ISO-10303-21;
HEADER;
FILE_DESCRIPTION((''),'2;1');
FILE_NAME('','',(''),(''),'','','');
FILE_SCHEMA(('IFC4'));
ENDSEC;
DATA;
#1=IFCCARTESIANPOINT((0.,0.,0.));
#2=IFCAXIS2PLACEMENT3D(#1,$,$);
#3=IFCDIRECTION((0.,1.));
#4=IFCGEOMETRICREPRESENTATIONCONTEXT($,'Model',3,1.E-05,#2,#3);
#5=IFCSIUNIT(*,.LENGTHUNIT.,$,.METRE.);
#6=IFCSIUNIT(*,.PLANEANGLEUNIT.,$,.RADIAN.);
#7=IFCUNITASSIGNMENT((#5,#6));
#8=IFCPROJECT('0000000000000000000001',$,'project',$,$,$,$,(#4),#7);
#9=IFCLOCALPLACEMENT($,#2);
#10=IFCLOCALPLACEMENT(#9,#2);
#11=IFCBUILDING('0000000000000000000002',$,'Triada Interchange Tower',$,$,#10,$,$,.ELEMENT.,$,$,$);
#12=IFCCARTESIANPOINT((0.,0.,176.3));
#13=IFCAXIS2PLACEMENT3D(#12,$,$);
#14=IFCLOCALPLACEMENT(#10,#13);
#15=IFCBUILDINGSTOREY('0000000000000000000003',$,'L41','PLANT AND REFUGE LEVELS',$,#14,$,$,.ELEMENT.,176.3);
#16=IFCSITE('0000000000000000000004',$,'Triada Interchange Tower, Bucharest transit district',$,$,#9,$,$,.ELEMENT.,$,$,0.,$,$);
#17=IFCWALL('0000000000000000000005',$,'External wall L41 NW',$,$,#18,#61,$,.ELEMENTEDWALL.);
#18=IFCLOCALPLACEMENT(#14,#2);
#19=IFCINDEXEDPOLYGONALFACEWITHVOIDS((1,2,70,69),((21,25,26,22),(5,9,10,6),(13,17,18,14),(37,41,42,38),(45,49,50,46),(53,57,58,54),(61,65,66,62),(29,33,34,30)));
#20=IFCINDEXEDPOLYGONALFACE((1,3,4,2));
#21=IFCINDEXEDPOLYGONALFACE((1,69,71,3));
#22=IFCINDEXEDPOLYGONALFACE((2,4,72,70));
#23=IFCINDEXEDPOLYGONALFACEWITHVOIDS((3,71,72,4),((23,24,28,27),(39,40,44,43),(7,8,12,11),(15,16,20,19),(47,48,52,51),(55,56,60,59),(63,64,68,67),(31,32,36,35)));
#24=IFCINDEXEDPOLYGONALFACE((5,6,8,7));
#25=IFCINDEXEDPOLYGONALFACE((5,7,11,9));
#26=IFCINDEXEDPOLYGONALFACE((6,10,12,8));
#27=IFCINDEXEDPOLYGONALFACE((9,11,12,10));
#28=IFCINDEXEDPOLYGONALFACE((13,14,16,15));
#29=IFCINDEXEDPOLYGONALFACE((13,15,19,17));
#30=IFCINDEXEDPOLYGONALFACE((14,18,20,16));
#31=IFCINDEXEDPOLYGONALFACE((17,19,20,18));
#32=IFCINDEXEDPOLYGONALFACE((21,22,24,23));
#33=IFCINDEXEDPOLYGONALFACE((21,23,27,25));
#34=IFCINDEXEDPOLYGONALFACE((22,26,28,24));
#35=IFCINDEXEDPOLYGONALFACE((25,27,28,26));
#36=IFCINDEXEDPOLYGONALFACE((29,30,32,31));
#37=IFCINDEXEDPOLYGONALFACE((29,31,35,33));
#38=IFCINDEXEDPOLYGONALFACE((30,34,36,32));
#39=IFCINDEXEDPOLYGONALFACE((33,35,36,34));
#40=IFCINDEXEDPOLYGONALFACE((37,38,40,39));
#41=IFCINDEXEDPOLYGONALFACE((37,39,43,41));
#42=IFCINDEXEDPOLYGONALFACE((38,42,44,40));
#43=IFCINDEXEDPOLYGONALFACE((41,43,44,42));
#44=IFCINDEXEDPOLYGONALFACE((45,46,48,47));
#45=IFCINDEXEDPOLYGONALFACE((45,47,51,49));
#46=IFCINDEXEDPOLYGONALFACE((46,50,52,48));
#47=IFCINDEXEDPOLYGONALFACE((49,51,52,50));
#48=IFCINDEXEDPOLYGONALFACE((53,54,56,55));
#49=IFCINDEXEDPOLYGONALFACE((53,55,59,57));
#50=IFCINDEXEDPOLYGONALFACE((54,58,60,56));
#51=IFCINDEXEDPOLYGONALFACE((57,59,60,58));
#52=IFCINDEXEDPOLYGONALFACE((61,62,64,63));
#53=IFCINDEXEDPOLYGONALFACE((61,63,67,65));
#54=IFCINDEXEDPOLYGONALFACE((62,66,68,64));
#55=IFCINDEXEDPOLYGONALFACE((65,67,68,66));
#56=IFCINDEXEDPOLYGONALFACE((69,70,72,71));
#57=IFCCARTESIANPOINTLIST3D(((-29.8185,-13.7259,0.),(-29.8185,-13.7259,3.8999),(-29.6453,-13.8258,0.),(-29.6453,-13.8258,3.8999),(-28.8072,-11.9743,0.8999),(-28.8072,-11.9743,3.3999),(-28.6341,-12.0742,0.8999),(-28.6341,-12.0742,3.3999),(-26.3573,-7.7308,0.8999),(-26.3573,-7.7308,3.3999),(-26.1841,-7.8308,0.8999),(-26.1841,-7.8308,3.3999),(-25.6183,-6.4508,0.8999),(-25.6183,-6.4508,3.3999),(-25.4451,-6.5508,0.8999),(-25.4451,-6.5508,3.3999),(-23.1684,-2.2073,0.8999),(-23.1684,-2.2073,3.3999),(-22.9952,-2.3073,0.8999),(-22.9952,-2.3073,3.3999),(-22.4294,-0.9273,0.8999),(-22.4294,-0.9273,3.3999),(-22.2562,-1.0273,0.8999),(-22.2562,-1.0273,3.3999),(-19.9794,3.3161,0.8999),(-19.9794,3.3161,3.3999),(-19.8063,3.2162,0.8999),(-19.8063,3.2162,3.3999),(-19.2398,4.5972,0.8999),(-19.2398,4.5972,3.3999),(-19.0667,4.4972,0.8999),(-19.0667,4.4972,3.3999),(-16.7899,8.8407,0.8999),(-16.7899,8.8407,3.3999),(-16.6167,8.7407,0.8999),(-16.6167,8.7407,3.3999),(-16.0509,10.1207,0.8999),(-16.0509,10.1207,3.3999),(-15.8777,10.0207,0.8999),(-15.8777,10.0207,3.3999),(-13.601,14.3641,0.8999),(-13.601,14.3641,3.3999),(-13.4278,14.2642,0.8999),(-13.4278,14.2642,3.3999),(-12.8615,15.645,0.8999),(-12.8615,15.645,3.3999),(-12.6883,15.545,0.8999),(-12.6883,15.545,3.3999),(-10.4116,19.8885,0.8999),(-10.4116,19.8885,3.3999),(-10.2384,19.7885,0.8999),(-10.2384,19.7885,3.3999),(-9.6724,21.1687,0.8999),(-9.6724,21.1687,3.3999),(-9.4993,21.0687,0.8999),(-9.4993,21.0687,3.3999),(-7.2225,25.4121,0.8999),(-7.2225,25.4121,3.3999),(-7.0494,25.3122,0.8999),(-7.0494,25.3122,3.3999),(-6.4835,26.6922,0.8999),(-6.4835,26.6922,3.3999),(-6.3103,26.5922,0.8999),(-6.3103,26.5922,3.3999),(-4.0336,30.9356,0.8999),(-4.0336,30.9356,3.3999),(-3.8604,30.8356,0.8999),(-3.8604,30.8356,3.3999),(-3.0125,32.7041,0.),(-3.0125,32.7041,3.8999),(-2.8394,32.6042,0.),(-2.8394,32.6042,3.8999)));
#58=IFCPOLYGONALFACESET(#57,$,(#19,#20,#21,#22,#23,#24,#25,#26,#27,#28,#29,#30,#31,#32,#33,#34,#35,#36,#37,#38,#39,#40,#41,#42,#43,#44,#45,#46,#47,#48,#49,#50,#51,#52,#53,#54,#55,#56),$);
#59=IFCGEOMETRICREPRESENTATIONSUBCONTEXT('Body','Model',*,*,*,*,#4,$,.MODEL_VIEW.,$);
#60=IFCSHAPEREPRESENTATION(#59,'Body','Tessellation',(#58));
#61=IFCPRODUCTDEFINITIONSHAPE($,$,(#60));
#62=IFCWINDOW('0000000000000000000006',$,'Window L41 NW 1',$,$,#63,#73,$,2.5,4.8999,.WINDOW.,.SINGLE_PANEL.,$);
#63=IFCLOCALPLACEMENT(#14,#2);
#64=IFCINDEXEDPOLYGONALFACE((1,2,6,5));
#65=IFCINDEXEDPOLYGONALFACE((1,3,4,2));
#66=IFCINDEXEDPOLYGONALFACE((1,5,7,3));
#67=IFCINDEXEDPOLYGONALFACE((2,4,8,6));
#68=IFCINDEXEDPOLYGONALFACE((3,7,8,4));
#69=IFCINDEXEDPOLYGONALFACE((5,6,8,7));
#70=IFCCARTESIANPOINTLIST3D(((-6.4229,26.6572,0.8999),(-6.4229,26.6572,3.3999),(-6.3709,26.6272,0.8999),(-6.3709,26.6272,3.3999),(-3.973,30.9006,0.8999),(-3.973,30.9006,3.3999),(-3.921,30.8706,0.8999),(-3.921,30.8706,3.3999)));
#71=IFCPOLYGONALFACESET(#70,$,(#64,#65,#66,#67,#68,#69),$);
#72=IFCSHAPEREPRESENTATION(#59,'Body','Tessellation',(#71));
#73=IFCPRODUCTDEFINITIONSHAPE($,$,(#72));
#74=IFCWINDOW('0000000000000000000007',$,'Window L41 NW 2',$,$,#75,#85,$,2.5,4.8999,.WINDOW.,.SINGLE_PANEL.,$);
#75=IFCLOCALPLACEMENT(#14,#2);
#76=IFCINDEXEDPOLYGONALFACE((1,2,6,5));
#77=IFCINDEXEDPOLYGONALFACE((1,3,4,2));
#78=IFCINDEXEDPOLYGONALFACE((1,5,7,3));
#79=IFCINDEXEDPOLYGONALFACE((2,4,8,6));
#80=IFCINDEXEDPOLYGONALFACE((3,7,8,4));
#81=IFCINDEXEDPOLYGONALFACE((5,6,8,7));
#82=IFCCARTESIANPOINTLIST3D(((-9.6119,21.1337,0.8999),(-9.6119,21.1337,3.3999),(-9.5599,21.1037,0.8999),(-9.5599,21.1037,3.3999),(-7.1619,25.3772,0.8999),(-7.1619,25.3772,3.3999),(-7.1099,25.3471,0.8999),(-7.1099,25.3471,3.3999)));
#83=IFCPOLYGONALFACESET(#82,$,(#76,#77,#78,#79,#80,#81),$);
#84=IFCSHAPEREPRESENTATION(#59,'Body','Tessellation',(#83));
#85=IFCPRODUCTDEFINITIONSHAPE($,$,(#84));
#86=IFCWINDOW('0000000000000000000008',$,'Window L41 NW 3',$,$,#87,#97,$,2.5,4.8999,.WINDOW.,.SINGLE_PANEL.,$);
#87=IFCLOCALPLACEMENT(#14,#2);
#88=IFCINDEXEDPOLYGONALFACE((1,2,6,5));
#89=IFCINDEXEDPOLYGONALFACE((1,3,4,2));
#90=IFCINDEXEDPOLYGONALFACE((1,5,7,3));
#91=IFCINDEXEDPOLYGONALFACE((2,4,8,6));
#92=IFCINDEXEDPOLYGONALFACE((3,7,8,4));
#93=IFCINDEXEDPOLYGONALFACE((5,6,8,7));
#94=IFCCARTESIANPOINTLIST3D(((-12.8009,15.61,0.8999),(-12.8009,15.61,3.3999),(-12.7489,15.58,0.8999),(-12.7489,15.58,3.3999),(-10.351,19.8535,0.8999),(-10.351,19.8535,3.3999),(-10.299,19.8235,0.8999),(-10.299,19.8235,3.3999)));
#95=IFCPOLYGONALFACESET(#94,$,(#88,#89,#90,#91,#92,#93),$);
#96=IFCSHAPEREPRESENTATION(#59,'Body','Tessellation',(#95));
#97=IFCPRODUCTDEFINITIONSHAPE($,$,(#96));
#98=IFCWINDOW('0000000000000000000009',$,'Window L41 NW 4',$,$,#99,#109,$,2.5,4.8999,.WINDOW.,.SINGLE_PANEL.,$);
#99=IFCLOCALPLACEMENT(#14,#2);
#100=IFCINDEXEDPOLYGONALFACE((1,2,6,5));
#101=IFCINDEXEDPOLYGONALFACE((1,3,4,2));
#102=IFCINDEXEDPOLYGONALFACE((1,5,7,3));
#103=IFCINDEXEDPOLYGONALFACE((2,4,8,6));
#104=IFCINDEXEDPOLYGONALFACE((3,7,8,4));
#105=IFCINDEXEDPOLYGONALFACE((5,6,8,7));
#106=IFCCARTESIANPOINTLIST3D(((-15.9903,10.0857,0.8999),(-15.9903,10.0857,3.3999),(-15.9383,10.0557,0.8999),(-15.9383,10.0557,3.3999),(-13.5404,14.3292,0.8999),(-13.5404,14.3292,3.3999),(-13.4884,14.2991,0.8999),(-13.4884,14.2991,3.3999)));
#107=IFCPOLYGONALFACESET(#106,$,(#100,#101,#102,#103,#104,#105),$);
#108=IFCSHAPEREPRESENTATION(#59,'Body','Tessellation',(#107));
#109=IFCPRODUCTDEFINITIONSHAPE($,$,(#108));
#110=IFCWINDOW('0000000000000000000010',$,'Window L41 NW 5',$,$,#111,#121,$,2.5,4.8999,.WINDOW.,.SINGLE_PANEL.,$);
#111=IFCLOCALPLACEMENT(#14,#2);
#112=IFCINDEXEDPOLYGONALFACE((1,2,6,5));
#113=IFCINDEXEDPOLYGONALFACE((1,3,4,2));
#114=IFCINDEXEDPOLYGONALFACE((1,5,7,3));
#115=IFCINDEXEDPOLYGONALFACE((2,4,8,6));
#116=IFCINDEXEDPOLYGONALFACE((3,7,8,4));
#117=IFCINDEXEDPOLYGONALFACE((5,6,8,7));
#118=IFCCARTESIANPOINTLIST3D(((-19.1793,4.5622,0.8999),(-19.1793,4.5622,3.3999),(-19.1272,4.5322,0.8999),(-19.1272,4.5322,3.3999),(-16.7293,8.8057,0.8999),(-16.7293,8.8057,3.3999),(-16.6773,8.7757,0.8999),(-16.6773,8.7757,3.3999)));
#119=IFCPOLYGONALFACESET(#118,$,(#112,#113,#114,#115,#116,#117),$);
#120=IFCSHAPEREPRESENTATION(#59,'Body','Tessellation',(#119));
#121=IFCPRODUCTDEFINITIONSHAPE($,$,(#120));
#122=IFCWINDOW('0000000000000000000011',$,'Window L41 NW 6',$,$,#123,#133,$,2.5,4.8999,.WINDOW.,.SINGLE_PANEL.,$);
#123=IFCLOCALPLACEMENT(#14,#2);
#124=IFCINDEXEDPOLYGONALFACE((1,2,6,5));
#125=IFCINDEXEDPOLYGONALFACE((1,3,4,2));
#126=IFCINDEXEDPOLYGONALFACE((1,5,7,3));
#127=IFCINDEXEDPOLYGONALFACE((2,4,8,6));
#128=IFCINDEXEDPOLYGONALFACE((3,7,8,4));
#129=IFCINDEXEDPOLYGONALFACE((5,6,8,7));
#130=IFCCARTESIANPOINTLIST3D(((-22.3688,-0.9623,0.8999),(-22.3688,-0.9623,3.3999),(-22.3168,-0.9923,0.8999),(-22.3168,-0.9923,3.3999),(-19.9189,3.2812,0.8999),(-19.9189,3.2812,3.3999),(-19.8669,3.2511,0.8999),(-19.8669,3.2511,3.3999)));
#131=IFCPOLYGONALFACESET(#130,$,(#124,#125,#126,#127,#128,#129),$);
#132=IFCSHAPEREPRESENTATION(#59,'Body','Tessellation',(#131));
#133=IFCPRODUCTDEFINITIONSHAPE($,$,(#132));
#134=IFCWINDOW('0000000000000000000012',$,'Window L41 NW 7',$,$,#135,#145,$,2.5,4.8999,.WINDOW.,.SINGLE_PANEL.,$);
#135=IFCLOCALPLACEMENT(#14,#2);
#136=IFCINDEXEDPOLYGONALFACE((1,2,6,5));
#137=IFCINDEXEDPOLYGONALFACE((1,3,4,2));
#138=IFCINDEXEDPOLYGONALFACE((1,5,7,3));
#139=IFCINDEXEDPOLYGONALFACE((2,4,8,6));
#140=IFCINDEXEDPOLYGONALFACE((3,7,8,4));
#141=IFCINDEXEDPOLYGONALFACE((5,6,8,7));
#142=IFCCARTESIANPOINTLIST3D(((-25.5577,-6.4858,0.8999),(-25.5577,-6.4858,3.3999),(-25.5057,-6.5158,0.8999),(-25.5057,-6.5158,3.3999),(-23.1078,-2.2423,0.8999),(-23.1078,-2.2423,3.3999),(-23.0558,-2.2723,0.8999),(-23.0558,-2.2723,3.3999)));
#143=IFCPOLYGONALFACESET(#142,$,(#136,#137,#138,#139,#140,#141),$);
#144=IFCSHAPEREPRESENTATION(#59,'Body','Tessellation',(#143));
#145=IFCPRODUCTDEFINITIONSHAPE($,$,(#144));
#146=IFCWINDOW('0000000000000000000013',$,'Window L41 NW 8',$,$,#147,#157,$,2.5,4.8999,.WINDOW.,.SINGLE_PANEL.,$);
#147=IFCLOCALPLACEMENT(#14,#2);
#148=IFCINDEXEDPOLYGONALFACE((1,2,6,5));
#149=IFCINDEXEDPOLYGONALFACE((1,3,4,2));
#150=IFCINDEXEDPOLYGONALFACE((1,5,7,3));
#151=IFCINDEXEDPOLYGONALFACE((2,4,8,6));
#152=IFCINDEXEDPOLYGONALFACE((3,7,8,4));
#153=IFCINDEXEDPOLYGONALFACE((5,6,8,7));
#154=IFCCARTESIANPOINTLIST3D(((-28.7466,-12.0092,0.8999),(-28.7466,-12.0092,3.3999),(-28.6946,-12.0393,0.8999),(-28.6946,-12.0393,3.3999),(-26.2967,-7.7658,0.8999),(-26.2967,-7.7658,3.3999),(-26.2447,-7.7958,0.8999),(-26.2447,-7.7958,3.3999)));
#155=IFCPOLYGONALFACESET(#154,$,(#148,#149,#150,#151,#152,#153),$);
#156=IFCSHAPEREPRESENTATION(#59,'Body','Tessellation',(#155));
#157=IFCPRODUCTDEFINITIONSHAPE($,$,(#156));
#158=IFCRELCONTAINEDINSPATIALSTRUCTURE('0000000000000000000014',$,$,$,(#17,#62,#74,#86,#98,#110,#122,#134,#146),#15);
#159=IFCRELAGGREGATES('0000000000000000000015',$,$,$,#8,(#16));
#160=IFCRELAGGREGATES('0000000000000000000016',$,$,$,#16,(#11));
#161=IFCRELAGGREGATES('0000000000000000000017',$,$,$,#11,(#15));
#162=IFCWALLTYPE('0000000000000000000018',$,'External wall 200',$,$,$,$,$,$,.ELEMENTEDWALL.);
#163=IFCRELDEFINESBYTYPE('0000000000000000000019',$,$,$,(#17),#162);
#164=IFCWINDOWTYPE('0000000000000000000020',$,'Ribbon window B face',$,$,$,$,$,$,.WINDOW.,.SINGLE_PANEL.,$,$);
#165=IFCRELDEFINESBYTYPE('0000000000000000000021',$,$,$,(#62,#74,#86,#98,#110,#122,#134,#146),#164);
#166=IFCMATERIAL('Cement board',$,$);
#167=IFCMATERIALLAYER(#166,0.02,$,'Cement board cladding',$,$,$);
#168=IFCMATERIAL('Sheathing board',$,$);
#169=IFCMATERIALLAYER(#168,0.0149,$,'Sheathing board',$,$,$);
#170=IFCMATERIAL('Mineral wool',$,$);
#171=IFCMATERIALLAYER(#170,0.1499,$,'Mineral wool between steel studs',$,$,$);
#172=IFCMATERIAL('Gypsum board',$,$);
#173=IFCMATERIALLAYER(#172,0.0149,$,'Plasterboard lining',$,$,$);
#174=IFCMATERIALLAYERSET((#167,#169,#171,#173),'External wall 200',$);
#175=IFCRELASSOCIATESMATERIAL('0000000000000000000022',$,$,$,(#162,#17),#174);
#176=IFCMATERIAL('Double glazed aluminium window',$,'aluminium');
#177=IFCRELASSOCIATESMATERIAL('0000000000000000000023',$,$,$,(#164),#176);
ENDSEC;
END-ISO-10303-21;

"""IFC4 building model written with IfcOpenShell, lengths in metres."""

from ifc_helpers import new_model, si_unit, direction, frame, frame_2d, origin, place, context, subcontext, project, spatial, rectangle, extrude, material, layer, layer_set, layer_usage, type_object, element, fill, save


model = new_model("IFC4")

# Units and contexts
model_context = context("Model", 3, precision=1e-05, world=origin(), true_north=direction((0.0, 1.0)))
body_context = subcontext(model_context, "Body", "Model", "MODEL_VIEW")
ifc_project = project(units=[si_unit("LENGTHUNIT", "METRE"), si_unit("PLANEANGLEUNIT", "RADIAN")], contexts=[model_context])

# Site, building, storey
site_placement = place(None, origin())
site = spatial("IfcSite", under=ifc_project, at=site_placement, Name="Triada Interchange Tower, Bucharest transit district", CompositionType="ELEMENT", RefElevation=0.0)
building_placement = place(site_placement, origin())
building = spatial("IfcBuilding", under=site, at=building_placement, Name="Triada Interchange Tower", CompositionType="ELEMENT")
storey_placement = place(building_placement, frame((0.0, 0.0, 176.3)))
storey = spatial("IfcBuildingStorey", under=building, at=storey_placement, Name="L41", Description="PLANT AND REFUGE LEVELS", CompositionType="ELEMENT", Elevation=176.3)

# Wall, openings, windows
ifc_material_1 = material(Name="Cement board")
ifc_layer_1 = layer(ifc_material_1, 0.02, Name="Cement board cladding")
ifc_material_2 = material(Name="Sheathing board")
ifc_layer_2 = layer(ifc_material_2, 0.0149, Name="Sheathing board")
ifc_material_3 = material(Name="Mineral wool")
ifc_layer_3 = layer(ifc_material_3, 0.1499, Name="Mineral wool between steel studs")
ifc_material_4 = material(Name="Gypsum board")
ifc_layer_4 = layer(ifc_material_4, 0.0149, Name="Plasterboard lining")
ifc_layer_set_1 = layer_set([ifc_layer_1, ifc_layer_2, ifc_layer_3, ifc_layer_4], Name="External wall 200")
ifc_layer_usage = layer_usage(ifc_layer_set_1, "AXIS2", "POSITIVE", -0.1001)
wall_type_1 = type_object("IfcWallType", Name="External wall 200", PredefinedType="ELEMENTEDWALL", material=ifc_layer_set_1)
wall_1_placement = place(storey_placement, frame((-2.926, 32.6541, 0.0), z_axis=(0.0, 0.0, 1.0), x_axis=(-0.499994, -0.866029, 0.0)))
wall_1 = element("IfcWall", 1, at=wall_1_placement, inside=storey, type_object=wall_type_1, material=ifc_layer_usage, Name="External wall L41 NW", PredefinedType="ELEMENTEDWALL", context=body_context, shape_type="SweptSolid", body=[
    extrude(rectangle(XDim=53.6125, YDim=0.2, at=frame_2d((26.8062, 0.0))), origin(), (0.0, 0.0, 1.0), 3.8999),
])
opening_1_placement = place(wall_1_placement, frame((2.042, 0.0, 0.8999)))
opening_1 = element("IfcOpeningElement", 2, at=opening_1_placement, cuts=wall_1, PredefinedType="OPENING", context=body_context, shape_type="SweptSolid", body=[
    extrude(rectangle(XDim=4.8999, YDim=2.5, at=frame_2d((2.45, 1.25))), frame((0.0, 0.1099, 0.0), z_axis=(0.0, -1.0, 0.0), x_axis=(1.0, 0.0, 0.0)), (0.0, 0.0, 1.0), 0.22),
])
opening_2_placement = place(wall_1_placement, frame((8.4199, 0.0, 0.8999)))
opening_2 = element("IfcOpeningElement", 3, at=opening_2_placement, cuts=wall_1, PredefinedType="OPENING", context=body_context, shape_type="SweptSolid", body=[
    extrude(rectangle(XDim=4.8999, YDim=2.5, at=frame_2d((2.45, 1.25))), frame((0.0, 0.1099, 0.0), z_axis=(0.0, -1.0, 0.0), x_axis=(1.0, 0.0, 0.0)), (0.0, 0.0, 1.0), 0.22),
])
opening_3_placement = place(wall_1_placement, frame((14.7981, 0.0, 0.8999)))
opening_3 = element("IfcOpeningElement", 4, at=opening_3_placement, cuts=wall_1, PredefinedType="OPENING", context=body_context, shape_type="SweptSolid", body=[
    extrude(rectangle(XDim=4.8999, YDim=2.5, at=frame_2d((2.45, 1.25))), frame((0.0, 0.1099, 0.0), z_axis=(0.0, -1.0, 0.0), x_axis=(1.0, 0.0, 0.0)), (0.0, 0.0, 1.0), 0.22),
])
opening_4_placement = place(wall_1_placement, frame((21.177, 0.0, 0.8999)))
opening_4 = element("IfcOpeningElement", 5, at=opening_4_placement, cuts=wall_1, PredefinedType="OPENING", context=body_context, shape_type="SweptSolid", body=[
    extrude(rectangle(XDim=4.8999, YDim=2.5, at=frame_2d((2.45, 1.25))), frame((0.0, 0.1099, 0.0), z_axis=(0.0, -1.0, 0.0), x_axis=(1.0, 0.0, 0.0)), (0.0, 0.0, 1.0), 0.22),
])
opening_5_placement = place(wall_1_placement, frame((27.5549, 0.0, 0.8999)))
opening_5 = element("IfcOpeningElement", 6, at=opening_5_placement, cuts=wall_1, PredefinedType="OPENING", context=body_context, shape_type="SweptSolid", body=[
    extrude(rectangle(XDim=4.8999, YDim=2.5, at=frame_2d((2.45, 1.25))), frame((0.0, 0.1099, 0.0), z_axis=(0.0, -1.0, 0.0), x_axis=(1.0, 0.0, 0.0)), (0.0, 0.0, 1.0), 0.22),
])
opening_6_placement = place(wall_1_placement, frame((33.9341, 0.0, 0.8999)))
opening_6 = element("IfcOpeningElement", 7, at=opening_6_placement, cuts=wall_1, PredefinedType="OPENING", context=body_context, shape_type="SweptSolid", body=[
    extrude(rectangle(XDim=4.8999, YDim=2.5, at=frame_2d((2.45, 1.25))), frame((0.0, 0.1099, 0.0), z_axis=(0.0, -1.0, 0.0), x_axis=(1.0, 0.0, 0.0)), (0.0, 0.0, 1.0), 0.22),
])
opening_7_placement = place(wall_1_placement, frame((40.312, 0.0, 0.8999)))
opening_7 = element("IfcOpeningElement", 8, at=opening_7_placement, cuts=wall_1, PredefinedType="OPENING", context=body_context, shape_type="SweptSolid", body=[
    extrude(rectangle(XDim=4.8999, YDim=2.5, at=frame_2d((2.45, 1.25))), frame((0.0, 0.1099, 0.0), z_axis=(0.0, -1.0, 0.0), x_axis=(1.0, 0.0, 0.0)), (0.0, 0.0, 1.0), 0.22),
])
opening_8_placement = place(wall_1_placement, frame((46.6899, 0.0, 0.8999)))
opening_8 = element("IfcOpeningElement", 9, at=opening_8_placement, cuts=wall_1, PredefinedType="OPENING", context=body_context, shape_type="SweptSolid", body=[
    extrude(rectangle(XDim=4.8999, YDim=2.5, at=frame_2d((2.45, 1.25))), frame((0.0, 0.1099, 0.0), z_axis=(0.0, -1.0, 0.0), x_axis=(1.0, 0.0, 0.0)), (0.0, 0.0, 1.0), 0.22),
])
ifc_material_5 = material(Name="Double glazed aluminium window", Category="aluminium")
window_type = type_object("IfcWindowType", Name="Ribbon window B face", PartitioningType="SINGLE_PANEL", PredefinedType="WINDOW", material=ifc_material_5)
window_1_placement = place(opening_1_placement, origin())
window_1 = element("IfcWindow", 10, at=window_1_placement, inside=storey, type_object=window_type, Name="Window L41 NW 1", OverallHeight=2.5, OverallWidth=4.8999, PartitioningType="SINGLE_PANEL", PredefinedType="WINDOW", context=body_context, shape_type="SweptSolid", body=[
    extrude(rectangle(XDim=4.8999, YDim=2.5, at=frame_2d((2.45, 1.25))), frame((0.0, 0.03, 0.0), z_axis=(0.0, -1.0, 0.0), x_axis=(1.0, 0.0, 0.0)), (0.0, 0.0, 1.0), 0.0601),
])
fill(opening_1, window_1)
window_2_placement = place(opening_2_placement, origin())
window_2 = element("IfcWindow", 11, at=window_2_placement, inside=storey, type_object=window_type, Name="Window L41 NW 2", OverallHeight=2.5, OverallWidth=4.8999, PartitioningType="SINGLE_PANEL", PredefinedType="WINDOW", context=body_context, shape_type="SweptSolid", body=[
    extrude(rectangle(XDim=4.8999, YDim=2.5, at=frame_2d((2.45, 1.25))), frame((0.0, 0.03, 0.0), z_axis=(0.0, -1.0, 0.0), x_axis=(1.0, 0.0, 0.0)), (0.0, 0.0, 1.0), 0.0601),
])
fill(opening_2, window_2)
window_3_placement = place(opening_3_placement, origin())
window_3 = element("IfcWindow", 12, at=window_3_placement, inside=storey, type_object=window_type, Name="Window L41 NW 3", OverallHeight=2.5, OverallWidth=4.8999, PartitioningType="SINGLE_PANEL", PredefinedType="WINDOW", context=body_context, shape_type="SweptSolid", body=[
    extrude(rectangle(XDim=4.8999, YDim=2.5, at=frame_2d((2.45, 1.25))), frame((0.0, 0.03, 0.0), z_axis=(0.0, -1.0, 0.0), x_axis=(1.0, 0.0, 0.0)), (0.0, 0.0, 1.0), 0.0601),
])
fill(opening_3, window_3)
window_4_placement = place(opening_4_placement, origin())
window_4 = element("IfcWindow", 13, at=window_4_placement, inside=storey, type_object=window_type, Name="Window L41 NW 4", OverallHeight=2.5, OverallWidth=4.8999, PartitioningType="SINGLE_PANEL", PredefinedType="WINDOW", context=body_context, shape_type="SweptSolid", body=[
    extrude(rectangle(XDim=4.8999, YDim=2.5, at=frame_2d((2.45, 1.25))), frame((0.0, 0.03, 0.0), z_axis=(0.0, -1.0, 0.0), x_axis=(1.0, 0.0, 0.0)), (0.0, 0.0, 1.0), 0.0601),
])
fill(opening_4, window_4)
window_5_placement = place(opening_5_placement, origin())
window_5 = element("IfcWindow", 14, at=window_5_placement, inside=storey, type_object=window_type, Name="Window L41 NW 5", OverallHeight=2.5, OverallWidth=4.8999, PartitioningType="SINGLE_PANEL", PredefinedType="WINDOW", context=body_context, shape_type="SweptSolid", body=[
    extrude(rectangle(XDim=4.8999, YDim=2.5, at=frame_2d((2.45, 1.25))), frame((0.0, 0.03, 0.0), z_axis=(0.0, -1.0, 0.0), x_axis=(1.0, 0.0, 0.0)), (0.0, 0.0, 1.0), 0.0601),
])
fill(opening_5, window_5)
window_6_placement = place(opening_6_placement, origin())
window_6 = element("IfcWindow", 15, at=window_6_placement, inside=storey, type_object=window_type, Name="Window L41 NW 6", OverallHeight=2.5, OverallWidth=4.8999, PartitioningType="SINGLE_PANEL", PredefinedType="WINDOW", context=body_context, shape_type="SweptSolid", body=[
    extrude(rectangle(XDim=4.8999, YDim=2.5, at=frame_2d((2.45, 1.25))), frame((0.0, 0.03, 0.0), z_axis=(0.0, -1.0, 0.0), x_axis=(1.0, 0.0, 0.0)), (0.0, 0.0, 1.0), 0.0601),
])
fill(opening_6, window_6)
window_7_placement = place(opening_7_placement, origin())
window_7 = element("IfcWindow", 16, at=window_7_placement, inside=storey, type_object=window_type, Name="Window L41 NW 7", OverallHeight=2.5, OverallWidth=4.8999, PartitioningType="SINGLE_PANEL", PredefinedType="WINDOW", context=body_context, shape_type="SweptSolid", body=[
    extrude(rectangle(XDim=4.8999, YDim=2.5, at=frame_2d((2.45, 1.25))), frame((0.0, 0.03, 0.0), z_axis=(0.0, -1.0, 0.0), x_axis=(1.0, 0.0, 0.0)), (0.0, 0.0, 1.0), 0.0601),
])
fill(opening_7, window_7)
window_8_placement = place(opening_8_placement, origin())
window_8 = element("IfcWindow", 17, at=window_8_placement, inside=storey, type_object=window_type, Name="Window L41 NW 8", OverallHeight=2.5, OverallWidth=4.8999, PartitioningType="SINGLE_PANEL", PredefinedType="WINDOW", context=body_context, shape_type="SweptSolid", body=[
    extrude(rectangle(XDim=4.8999, YDim=2.5, at=frame_2d((2.45, 1.25))), frame((0.0, 0.03, 0.0), z_axis=(0.0, -1.0, 0.0), x_axis=(1.0, 0.0, 0.0)), (0.0, 0.0, 1.0), 0.0601),
])
fill(opening_8, window_8)

save(model, "model.ifc")
